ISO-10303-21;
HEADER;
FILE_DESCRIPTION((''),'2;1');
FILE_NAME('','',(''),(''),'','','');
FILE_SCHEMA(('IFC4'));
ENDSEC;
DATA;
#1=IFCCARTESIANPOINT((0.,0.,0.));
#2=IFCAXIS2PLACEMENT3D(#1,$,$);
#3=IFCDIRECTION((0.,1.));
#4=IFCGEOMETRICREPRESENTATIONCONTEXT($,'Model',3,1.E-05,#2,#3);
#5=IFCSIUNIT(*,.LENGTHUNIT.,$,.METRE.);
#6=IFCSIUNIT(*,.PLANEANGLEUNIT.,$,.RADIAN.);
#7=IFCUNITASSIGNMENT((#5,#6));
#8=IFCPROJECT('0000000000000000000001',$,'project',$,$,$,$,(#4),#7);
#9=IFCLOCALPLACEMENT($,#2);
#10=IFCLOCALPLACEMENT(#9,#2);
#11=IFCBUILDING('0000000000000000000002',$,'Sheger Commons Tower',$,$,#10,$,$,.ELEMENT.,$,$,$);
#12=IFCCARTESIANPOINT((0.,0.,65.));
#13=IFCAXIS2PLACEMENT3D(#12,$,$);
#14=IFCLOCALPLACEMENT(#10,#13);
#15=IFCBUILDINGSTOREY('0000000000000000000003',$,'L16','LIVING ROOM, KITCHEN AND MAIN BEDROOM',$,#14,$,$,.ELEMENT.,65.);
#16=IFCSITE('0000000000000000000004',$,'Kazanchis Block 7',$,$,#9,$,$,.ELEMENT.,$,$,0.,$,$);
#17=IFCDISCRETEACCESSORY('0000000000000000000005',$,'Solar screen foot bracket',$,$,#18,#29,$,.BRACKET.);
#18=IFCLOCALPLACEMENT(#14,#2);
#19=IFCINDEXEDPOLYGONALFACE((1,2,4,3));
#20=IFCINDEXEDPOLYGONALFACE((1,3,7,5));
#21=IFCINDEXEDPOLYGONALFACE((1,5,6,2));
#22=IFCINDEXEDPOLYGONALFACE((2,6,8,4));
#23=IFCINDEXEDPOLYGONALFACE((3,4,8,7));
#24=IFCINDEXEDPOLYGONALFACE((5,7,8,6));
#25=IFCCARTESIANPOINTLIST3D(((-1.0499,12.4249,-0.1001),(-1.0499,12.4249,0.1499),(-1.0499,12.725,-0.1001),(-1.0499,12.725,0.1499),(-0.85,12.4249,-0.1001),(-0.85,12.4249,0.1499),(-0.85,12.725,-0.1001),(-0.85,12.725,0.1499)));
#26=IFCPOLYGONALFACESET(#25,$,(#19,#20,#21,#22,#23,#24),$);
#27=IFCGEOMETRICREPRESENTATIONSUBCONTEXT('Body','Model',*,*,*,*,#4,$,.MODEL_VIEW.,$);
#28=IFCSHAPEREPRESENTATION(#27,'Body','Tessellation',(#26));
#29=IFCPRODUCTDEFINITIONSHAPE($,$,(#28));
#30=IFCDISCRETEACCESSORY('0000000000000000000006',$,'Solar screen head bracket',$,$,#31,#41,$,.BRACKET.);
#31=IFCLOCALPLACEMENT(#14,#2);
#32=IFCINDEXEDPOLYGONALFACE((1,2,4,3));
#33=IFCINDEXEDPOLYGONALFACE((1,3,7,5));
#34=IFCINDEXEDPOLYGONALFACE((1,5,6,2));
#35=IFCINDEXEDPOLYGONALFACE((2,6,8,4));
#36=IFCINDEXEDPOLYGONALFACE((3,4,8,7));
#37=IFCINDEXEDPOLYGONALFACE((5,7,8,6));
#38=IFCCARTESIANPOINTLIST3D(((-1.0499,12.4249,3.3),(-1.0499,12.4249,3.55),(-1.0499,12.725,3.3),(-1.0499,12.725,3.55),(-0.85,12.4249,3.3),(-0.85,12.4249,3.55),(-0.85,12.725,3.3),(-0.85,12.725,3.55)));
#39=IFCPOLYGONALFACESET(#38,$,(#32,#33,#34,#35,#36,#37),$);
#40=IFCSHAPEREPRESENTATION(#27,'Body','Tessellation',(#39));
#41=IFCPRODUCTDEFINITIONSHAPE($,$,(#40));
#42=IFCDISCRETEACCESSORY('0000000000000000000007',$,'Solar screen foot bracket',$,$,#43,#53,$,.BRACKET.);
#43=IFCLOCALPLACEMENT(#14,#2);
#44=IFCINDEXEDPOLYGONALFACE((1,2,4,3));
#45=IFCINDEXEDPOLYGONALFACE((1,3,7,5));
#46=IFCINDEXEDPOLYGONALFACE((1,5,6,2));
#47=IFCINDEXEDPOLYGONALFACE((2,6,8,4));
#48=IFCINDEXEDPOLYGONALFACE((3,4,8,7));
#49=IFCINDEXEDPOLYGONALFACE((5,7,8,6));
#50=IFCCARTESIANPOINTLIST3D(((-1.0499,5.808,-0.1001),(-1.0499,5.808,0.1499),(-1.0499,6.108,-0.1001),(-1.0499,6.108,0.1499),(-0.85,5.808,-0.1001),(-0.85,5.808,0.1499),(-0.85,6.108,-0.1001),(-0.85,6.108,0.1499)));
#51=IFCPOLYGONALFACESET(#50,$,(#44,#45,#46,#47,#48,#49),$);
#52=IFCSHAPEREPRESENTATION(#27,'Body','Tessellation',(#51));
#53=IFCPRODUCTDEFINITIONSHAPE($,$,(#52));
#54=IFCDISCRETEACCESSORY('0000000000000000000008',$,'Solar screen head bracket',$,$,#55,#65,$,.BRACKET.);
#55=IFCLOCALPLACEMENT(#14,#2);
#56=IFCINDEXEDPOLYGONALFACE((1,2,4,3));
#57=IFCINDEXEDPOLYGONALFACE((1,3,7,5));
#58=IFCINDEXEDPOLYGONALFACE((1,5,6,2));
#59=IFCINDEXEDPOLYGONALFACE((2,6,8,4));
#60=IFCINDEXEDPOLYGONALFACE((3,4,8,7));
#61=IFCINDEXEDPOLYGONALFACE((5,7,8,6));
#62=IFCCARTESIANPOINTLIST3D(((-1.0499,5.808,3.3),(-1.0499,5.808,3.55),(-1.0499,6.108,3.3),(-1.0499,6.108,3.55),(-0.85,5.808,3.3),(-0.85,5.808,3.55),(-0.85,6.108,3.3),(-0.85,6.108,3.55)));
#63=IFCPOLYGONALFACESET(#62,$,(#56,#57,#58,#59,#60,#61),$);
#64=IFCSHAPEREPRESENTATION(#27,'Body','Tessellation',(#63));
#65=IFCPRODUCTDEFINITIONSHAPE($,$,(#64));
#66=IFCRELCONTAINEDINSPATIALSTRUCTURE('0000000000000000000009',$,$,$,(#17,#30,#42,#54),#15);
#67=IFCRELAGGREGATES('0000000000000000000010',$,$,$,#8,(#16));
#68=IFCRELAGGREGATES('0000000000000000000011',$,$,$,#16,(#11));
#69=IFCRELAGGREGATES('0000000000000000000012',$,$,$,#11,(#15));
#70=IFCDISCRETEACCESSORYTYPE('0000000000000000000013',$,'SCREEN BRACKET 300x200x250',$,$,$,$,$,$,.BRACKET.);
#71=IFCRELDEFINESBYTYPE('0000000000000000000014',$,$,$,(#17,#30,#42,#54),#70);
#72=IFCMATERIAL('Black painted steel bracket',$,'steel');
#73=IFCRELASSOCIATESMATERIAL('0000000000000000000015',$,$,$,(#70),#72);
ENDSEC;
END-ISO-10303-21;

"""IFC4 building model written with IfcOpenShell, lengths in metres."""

from ifc_helpers import new_model, si_unit, direction, frame, origin, origin_2d, place, context, subcontext, project, spatial, rectangle, extrude, material, type_object, element, save


model = new_model("IFC4")

# Units and contexts
model_context = context("Model", 3, precision=1e-05, world=origin(), true_north=direction((0.0, 1.0)))
body_context = subcontext(model_context, "Body", "Model", "MODEL_VIEW")
ifc_project = project(units=[si_unit("LENGTHUNIT", "METRE"), si_unit("PLANEANGLEUNIT", "RADIAN")], contexts=[model_context])

# Site, building, storey
site_placement = place(None, origin())
site = spatial("IfcSite", under=ifc_project, at=site_placement, Name="Kazanchis Block 7", CompositionType="ELEMENT", RefElevation=0.0)
building_placement = place(site_placement, origin())
building = spatial("IfcBuilding", under=site, at=building_placement, Name="Sheger Commons Tower", CompositionType="ELEMENT")
storey_placement = place(building_placement, frame((0.0, 0.0, 65.0)))
storey = spatial("IfcBuildingStorey", under=building, at=storey_placement, Name="L16", Description="LIVING ROOM, KITCHEN AND MAIN BEDROOM", CompositionType="ELEMENT", Elevation=65.0)

# Discrete accessories
ifc_material_1 = material(Name="Black painted steel bracket", Category="steel")
discrete_accessory_type = type_object("IfcDiscreteAccessoryType", Name="SCREEN BRACKET 300x200x250", PredefinedType="BRACKET", material=ifc_material_1)
for number, where, z_axis, x_axis, name in (
    (1, (-0.95, 12.575, -0.1001), (0.0, 0.0, 1.0), (0.0, -1.0, 0.0), "Solar screen foot bracket"),
    (2, (-0.95, 12.575, 3.3), (0.0, 0.0, 1.0), (0.0, -1.0, 0.0), "Solar screen head bracket"),
    (3, (-0.95, 5.958, -0.1001), (0.0, 0.0, 1.0), (0.0, -1.0, 0.0), "Solar screen foot bracket"),
    (4, (-0.95, 5.958, 3.3), (0.0, 0.0, 1.0), (0.0, -1.0, 0.0), "Solar screen head bracket"),
):
    element("IfcDiscreteAccessory", number, at=place(storey_placement, frame(where, z_axis=z_axis, x_axis=x_axis)), inside=storey, type_object=discrete_accessory_type, Name=name, PredefinedType="BRACKET", context=body_context, shape_type="SweptSolid", body=[
        extrude(rectangle(XDim=0.3, YDim=0.2, at=origin_2d()), origin(), (0.0, 0.0, 1.0), 0.25),
    ])

save(model, "model.ifc")
